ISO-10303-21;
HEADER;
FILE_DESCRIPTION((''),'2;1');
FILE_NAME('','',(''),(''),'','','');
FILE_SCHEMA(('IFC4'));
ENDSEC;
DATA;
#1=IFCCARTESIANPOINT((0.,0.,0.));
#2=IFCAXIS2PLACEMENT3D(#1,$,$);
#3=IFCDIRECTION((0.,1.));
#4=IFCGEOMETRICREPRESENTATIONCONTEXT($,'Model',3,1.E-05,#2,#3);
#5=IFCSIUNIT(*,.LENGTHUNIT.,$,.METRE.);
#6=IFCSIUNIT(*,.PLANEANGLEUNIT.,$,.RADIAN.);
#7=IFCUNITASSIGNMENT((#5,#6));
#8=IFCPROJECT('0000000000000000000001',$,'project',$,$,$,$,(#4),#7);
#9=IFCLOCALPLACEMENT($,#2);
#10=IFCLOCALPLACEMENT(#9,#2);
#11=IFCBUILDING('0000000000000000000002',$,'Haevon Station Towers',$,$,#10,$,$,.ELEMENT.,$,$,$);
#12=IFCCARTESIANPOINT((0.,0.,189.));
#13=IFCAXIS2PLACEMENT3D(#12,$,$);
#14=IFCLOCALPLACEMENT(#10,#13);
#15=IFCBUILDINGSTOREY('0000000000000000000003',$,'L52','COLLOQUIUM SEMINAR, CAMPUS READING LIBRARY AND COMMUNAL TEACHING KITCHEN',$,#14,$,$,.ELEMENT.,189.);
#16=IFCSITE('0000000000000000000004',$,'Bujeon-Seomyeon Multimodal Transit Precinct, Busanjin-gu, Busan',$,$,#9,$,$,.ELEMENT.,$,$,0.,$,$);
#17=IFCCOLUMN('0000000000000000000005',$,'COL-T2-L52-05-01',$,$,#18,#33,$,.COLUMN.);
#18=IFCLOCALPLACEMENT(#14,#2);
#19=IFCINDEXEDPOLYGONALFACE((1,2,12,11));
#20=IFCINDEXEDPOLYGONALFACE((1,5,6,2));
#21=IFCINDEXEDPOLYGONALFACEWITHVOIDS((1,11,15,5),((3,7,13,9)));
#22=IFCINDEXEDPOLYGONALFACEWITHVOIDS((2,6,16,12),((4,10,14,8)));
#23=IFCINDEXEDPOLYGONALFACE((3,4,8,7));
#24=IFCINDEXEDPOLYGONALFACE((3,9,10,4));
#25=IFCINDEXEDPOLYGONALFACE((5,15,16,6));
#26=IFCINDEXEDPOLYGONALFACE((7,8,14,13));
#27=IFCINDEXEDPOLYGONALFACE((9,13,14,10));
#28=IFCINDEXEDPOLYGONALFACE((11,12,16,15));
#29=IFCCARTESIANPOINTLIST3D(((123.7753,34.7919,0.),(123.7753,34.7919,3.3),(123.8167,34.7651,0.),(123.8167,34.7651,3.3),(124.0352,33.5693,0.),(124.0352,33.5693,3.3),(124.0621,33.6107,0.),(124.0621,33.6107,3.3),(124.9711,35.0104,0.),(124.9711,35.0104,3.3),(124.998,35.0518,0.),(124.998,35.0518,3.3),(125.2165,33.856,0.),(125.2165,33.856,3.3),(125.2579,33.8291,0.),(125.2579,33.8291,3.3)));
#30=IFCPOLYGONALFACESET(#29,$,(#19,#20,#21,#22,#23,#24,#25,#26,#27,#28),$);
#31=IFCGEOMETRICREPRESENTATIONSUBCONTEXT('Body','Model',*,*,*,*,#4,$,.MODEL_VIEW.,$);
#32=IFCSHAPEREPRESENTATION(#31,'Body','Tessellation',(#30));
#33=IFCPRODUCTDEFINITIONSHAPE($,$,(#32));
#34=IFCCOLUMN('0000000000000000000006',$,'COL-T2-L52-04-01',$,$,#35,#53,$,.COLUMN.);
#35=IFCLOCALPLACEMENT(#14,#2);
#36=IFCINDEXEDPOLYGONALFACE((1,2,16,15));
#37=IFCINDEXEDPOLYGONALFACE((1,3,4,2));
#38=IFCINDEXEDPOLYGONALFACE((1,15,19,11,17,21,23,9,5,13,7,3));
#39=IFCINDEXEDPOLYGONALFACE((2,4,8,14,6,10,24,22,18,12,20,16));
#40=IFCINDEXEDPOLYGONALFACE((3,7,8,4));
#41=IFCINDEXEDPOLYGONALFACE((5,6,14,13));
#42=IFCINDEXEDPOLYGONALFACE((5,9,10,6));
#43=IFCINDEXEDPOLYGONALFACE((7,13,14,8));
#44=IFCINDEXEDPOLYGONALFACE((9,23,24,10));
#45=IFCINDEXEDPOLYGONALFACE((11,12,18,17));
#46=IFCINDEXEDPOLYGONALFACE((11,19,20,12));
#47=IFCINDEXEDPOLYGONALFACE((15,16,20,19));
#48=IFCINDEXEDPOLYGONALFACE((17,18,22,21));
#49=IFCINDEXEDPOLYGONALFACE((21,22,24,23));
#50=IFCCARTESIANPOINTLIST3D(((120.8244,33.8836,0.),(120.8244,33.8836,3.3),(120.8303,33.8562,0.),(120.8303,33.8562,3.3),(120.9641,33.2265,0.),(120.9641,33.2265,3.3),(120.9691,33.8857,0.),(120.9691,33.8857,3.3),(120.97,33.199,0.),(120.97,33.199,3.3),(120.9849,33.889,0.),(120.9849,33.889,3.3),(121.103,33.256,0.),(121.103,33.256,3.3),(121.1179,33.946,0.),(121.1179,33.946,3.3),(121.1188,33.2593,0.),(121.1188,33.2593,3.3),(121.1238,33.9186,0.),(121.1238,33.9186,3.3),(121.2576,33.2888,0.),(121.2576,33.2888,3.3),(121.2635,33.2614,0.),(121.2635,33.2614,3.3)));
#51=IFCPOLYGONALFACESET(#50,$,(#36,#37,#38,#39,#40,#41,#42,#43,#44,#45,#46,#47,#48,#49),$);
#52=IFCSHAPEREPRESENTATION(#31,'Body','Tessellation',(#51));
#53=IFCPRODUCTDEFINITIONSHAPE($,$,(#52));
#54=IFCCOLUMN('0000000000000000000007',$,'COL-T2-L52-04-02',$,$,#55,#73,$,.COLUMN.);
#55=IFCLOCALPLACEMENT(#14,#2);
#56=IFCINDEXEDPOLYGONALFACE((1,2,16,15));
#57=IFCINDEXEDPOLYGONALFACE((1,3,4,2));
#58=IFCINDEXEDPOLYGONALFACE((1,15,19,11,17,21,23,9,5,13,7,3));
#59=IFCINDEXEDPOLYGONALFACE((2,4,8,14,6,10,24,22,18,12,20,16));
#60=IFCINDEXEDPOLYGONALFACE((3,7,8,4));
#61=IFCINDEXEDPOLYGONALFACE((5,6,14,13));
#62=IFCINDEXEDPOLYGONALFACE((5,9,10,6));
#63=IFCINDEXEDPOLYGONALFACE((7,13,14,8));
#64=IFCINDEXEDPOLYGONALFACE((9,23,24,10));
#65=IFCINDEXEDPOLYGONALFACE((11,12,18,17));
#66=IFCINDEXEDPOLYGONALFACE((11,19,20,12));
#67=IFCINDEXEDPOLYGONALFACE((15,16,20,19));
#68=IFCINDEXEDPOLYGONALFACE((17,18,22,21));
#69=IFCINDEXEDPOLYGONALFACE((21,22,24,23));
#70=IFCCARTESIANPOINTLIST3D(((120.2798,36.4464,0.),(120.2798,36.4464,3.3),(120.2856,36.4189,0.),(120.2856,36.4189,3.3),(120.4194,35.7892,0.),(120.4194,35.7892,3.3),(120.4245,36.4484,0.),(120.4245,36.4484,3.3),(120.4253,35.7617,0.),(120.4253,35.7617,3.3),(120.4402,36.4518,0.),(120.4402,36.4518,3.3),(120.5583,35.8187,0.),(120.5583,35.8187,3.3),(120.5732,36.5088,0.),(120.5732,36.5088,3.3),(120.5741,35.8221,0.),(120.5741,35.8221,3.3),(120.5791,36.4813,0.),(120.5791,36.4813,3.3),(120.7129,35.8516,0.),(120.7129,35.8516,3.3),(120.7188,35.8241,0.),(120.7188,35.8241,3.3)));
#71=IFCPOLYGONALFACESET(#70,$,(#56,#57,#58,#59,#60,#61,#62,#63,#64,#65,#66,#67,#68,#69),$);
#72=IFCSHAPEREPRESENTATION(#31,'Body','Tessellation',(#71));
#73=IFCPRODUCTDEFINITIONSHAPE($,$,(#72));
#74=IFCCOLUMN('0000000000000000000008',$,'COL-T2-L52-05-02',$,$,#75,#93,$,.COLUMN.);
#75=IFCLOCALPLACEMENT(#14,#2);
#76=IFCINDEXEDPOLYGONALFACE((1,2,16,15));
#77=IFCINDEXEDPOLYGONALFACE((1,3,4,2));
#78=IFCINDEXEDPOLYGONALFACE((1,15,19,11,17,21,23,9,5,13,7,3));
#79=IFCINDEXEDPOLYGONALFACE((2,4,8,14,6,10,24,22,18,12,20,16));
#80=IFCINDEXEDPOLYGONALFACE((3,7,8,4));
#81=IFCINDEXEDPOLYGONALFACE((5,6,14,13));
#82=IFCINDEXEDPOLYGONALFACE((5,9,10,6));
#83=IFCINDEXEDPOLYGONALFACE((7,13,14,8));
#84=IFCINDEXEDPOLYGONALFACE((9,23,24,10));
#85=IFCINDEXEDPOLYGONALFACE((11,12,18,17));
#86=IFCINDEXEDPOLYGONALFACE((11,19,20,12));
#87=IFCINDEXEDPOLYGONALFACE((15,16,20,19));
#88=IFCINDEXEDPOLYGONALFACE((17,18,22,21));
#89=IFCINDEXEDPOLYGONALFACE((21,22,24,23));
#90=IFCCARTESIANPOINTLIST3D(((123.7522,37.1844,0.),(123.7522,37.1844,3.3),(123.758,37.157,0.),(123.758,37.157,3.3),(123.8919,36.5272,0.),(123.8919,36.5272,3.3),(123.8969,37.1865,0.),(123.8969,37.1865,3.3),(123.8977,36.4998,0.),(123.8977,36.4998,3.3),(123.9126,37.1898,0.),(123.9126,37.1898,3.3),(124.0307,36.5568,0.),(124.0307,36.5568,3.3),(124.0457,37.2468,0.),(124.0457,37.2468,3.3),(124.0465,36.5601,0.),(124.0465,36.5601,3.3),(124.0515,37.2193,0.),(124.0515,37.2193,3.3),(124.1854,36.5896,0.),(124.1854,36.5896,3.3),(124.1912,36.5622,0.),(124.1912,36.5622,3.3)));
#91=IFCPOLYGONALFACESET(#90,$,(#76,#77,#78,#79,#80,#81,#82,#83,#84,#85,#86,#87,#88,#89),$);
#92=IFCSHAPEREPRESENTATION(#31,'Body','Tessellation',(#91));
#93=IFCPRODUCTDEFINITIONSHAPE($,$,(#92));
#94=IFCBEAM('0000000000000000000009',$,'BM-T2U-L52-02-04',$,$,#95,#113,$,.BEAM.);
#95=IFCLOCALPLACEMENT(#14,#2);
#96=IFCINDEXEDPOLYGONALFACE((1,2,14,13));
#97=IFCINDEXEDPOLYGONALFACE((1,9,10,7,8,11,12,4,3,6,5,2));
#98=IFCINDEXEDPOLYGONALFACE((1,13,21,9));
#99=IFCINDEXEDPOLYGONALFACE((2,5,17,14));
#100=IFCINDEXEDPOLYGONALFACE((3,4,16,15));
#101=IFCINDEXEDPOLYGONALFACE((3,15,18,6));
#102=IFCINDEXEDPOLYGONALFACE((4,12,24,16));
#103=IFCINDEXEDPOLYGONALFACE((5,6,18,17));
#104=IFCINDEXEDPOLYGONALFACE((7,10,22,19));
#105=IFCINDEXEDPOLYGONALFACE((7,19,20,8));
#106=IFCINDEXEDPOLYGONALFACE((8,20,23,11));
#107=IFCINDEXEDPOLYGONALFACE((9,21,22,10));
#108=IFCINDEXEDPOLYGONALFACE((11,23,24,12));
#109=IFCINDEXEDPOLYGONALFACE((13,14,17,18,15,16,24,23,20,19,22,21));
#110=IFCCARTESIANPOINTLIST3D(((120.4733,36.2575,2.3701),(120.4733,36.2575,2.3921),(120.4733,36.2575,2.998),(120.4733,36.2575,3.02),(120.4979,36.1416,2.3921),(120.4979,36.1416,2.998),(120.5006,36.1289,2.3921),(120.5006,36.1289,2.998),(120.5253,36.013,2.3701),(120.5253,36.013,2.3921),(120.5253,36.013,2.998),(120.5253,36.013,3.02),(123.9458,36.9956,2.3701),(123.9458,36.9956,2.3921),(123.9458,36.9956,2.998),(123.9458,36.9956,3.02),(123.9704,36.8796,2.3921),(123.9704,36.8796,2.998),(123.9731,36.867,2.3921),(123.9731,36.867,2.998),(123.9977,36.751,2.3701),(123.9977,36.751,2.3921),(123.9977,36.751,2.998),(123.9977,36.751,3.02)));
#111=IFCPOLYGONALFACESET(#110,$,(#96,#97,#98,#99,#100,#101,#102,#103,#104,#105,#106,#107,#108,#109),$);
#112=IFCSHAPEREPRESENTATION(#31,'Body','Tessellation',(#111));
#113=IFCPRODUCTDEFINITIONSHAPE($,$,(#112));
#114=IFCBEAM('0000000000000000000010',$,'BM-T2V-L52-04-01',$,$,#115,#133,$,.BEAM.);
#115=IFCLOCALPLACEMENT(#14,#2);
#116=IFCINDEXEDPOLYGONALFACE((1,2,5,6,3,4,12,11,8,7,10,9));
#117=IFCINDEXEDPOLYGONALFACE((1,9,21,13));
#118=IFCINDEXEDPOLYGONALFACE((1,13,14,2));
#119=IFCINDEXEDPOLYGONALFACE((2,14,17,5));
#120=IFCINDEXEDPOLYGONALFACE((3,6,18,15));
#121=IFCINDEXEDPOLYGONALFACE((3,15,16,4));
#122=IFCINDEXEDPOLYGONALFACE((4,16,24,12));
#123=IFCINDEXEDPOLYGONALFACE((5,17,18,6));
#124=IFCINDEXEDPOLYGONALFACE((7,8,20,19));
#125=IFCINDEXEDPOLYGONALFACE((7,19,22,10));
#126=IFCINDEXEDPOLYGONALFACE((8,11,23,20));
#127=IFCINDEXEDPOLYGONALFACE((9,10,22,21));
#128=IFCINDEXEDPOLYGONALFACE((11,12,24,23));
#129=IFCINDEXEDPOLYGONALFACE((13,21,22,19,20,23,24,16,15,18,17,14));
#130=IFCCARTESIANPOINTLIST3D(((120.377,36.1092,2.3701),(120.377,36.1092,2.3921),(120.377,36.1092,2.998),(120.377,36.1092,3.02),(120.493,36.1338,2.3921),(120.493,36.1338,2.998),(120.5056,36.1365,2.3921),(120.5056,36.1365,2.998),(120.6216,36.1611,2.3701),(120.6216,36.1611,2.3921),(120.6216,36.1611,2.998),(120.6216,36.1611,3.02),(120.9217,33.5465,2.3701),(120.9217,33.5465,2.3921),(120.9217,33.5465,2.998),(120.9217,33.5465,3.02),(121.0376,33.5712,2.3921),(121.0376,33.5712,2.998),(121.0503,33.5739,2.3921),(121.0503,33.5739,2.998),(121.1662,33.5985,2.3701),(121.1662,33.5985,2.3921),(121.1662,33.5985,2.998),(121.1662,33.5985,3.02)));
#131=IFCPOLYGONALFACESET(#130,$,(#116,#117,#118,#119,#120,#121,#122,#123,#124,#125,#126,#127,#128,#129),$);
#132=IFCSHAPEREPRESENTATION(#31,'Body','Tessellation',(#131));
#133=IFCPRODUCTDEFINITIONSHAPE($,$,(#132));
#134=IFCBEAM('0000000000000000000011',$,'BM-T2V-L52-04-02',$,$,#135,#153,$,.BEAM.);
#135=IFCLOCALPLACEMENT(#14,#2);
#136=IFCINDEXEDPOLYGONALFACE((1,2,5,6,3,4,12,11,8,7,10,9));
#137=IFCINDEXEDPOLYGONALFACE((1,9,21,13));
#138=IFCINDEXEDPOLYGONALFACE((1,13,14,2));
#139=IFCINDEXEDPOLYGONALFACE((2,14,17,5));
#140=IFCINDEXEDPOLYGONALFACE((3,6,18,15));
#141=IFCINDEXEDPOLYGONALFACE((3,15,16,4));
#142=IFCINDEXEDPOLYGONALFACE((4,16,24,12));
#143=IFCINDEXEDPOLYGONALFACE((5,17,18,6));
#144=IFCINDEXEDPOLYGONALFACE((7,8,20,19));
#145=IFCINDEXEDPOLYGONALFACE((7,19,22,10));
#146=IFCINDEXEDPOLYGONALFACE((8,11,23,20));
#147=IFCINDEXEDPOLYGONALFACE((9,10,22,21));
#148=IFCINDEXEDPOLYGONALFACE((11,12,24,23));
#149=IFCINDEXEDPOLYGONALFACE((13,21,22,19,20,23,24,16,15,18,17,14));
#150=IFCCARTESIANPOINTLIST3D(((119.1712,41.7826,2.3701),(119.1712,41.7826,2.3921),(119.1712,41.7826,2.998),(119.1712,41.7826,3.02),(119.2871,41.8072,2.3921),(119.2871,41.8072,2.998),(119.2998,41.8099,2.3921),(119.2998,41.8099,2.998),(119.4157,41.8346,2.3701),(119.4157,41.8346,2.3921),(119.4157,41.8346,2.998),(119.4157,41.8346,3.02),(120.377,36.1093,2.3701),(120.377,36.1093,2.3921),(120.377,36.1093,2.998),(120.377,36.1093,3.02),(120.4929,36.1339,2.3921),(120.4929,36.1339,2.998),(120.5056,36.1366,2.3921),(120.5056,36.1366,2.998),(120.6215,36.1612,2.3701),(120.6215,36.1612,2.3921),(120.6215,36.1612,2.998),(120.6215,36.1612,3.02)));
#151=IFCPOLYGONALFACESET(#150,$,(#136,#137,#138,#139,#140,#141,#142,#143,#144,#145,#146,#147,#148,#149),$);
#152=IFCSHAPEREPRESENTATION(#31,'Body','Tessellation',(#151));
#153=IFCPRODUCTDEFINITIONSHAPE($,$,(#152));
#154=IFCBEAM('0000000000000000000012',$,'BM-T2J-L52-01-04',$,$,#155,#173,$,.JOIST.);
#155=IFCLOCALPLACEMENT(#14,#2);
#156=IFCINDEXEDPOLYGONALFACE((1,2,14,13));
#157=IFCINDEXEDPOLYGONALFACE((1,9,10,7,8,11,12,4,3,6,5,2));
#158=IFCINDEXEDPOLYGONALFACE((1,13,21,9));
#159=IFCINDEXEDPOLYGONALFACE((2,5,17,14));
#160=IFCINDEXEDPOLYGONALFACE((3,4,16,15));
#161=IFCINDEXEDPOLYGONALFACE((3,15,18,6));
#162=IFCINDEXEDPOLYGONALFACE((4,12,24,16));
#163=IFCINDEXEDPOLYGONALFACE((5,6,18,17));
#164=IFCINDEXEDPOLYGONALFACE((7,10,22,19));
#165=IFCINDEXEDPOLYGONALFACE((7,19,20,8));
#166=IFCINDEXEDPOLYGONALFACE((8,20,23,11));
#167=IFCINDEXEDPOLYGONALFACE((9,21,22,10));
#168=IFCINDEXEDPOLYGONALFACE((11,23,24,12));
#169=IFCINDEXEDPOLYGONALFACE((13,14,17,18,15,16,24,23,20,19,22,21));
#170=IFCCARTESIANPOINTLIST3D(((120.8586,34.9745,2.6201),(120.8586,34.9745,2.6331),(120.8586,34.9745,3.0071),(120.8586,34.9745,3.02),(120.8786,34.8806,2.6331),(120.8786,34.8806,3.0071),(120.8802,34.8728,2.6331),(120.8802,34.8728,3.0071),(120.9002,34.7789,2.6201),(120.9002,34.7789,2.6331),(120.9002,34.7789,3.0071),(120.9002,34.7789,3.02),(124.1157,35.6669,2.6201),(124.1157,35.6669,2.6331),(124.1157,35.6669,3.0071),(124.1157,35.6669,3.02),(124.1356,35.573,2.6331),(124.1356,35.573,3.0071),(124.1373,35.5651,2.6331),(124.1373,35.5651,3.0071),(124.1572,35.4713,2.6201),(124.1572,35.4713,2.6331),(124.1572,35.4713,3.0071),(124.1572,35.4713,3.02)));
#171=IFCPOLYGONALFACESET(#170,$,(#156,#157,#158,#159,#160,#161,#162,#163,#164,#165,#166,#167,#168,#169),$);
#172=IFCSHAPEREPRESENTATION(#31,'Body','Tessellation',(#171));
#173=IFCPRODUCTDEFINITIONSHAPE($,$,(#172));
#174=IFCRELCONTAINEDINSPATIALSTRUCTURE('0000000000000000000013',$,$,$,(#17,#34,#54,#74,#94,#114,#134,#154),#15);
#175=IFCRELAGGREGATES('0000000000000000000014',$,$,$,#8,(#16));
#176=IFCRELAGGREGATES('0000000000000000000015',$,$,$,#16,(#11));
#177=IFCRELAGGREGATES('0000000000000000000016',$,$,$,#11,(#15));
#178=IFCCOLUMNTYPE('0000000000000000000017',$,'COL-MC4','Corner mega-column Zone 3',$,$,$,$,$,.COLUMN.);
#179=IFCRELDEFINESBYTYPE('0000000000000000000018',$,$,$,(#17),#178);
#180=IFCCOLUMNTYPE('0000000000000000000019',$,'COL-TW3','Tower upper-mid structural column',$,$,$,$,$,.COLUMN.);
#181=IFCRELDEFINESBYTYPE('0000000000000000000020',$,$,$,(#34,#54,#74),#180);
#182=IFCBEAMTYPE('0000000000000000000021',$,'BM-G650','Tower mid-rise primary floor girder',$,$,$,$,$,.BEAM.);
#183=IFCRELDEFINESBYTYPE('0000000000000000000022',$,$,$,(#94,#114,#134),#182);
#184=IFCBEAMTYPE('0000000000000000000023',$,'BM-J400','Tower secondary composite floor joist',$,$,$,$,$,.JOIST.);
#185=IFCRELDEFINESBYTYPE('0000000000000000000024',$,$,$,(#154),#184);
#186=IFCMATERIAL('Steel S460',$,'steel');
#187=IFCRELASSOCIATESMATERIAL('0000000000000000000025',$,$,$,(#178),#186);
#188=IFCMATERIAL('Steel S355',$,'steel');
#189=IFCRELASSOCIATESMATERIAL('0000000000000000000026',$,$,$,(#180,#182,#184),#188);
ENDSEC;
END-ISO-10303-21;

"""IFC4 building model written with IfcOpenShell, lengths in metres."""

from ifc_helpers import new_model, si_unit, direction, frame, origin, origin_2d, place, context, subcontext, project, spatial, hollow_rectangle, i_section, extrude, material, material_profile, profile_set, type_object, element, save


model = new_model("IFC4")

# Units and contexts
model_context = context("Model", 3, precision=1e-05, world=origin(), true_north=direction((0.0, 1.0)))
body_context = subcontext(model_context, "Body", "Model", "MODEL_VIEW")
ifc_project = project(units=[si_unit("LENGTHUNIT", "METRE"), si_unit("PLANEANGLEUNIT", "RADIAN")], contexts=[model_context])

# Site, building, storey
site_placement = place(None, origin())
site = spatial("IfcSite", under=ifc_project, at=site_placement, Name="Bujeon-Seomyeon Multimodal Transit Precinct, Busanjin-gu, Busan", CompositionType="ELEMENT", RefElevation=0.0)
building_placement = place(site_placement, origin())
building = spatial("IfcBuilding", under=site, at=building_placement, Name="Haevon Station Towers", CompositionType="ELEMENT")
storey_placement = place(building_placement, frame((0.0, 0.0, 189.0)))
storey = spatial("IfcBuildingStorey", under=building, at=storey_placement, Name="L52", Description="COLLOQUIUM SEMINAR, CAMPUS READING LIBRARY AND COMMUNAL TEACHING KITCHEN", CompositionType="ELEMENT", Elevation=189.0)

# Columns
ifc_material_1 = material(Name="Steel S460", Category="steel")
ifc_material_profile_1 = material_profile(ifc_material_1, hollow_rectangle(XDim=1.25, YDim=1.25, WallThickness=0.0349, at=origin_2d()), Name="BOX-1250x1250x35")
ifc_profile_set_1 = profile_set([ifc_material_profile_1], Name="Steel S460")
column_type_1 = type_object("IfcColumnType", Name="COL-MC4", Description="Corner mega-column Zone 3", PredefinedType="COLUMN", material=ifc_profile_set_1)
column_placement = place(storey_placement, frame((124.5166, 34.3105, 0.0), z_axis=(0.0, 0.0, 1.0), x_axis=(0.978148, 0.207912, 0.0)))
element("IfcColumn", 1, at=column_placement, inside=storey, type_object=column_type_1, Name="COL-T2-L52-05-01", PredefinedType="COLUMN", context=body_context, shape_type="SweptSolid", body=[
    extrude(hollow_rectangle(XDim=1.25, YDim=1.25, WallThickness=0.0349, at=origin_2d()), origin(), (0.0, 0.0, 1.0), 3.3),
])
ifc_material_2 = material(Name="Steel S355", Category="steel")
ifc_material_profile_2 = material_profile(ifc_material_2, i_section(OverallWidth=0.3, OverallDepth=0.7, WebThickness=0.0161, FlangeThickness=0.0281, at=origin_2d()), Name="H-700x300x16x28")
ifc_profile_set_2 = profile_set([ifc_material_profile_2], Name="Steel S355")
column_type_2 = type_object("IfcColumnType", Name="COL-TW3", Description="Tower upper-mid structural column", PredefinedType="COLUMN", material=ifc_profile_set_2)
for number, where, z_axis, x_axis, name in (
    (2, (121.0439, 33.5725, 0.0), (0.0, 0.0, 1.0), (0.978148, 0.207912, 0.0), "COL-T2-L52-04-01"),
    (3, (120.4993, 36.1353, 0.0), (0.0, 0.0, 1.0), (0.978148, 0.207912, 0.0), "COL-T2-L52-04-02"),
    (4, (123.9717, 36.8733, 0.0), (0.0, 0.0, 1.0), (0.978148, 0.207912, 0.0), "COL-T2-L52-05-02"),
):
    element("IfcColumn", number, at=place(storey_placement, frame(where, z_axis=z_axis, x_axis=x_axis)), inside=storey, type_object=column_type_2, Name=name, PredefinedType="COLUMN", context=body_context, shape_type="SweptSolid", body=[
        extrude(i_section(OverallWidth=0.3, OverallDepth=0.7, WebThickness=0.0161, FlangeThickness=0.0281, at=origin_2d()), origin(), (0.0, 0.0, 1.0), 3.3),
    ])

# Beams
ifc_material_profile_3 = material_profile(ifc_material_2, i_section(OverallWidth=0.25, OverallDepth=0.6499, WebThickness=0.0129, FlangeThickness=0.022, at=origin_2d()), Name="H-650x250x13x22")
ifc_profile_set_3 = profile_set([ifc_material_profile_3], Name="Steel S355")
beam_type_1 = type_object("IfcBeamType", Name="BM-G650", Description="Tower mid-rise primary floor girder", PredefinedType="BEAM", material=ifc_profile_set_3)
beam_1_placement = place(storey_placement, frame((120.4993, 36.1353, 2.6951), z_axis=(0.97815, 0.207899, 0.0), x_axis=(-0.207899, 0.97815, 0.0)))
element("IfcBeam", 5, at=beam_1_placement, inside=storey, type_object=beam_type_1, Name="BM-T2U-L52-02-04", PredefinedType="BEAM", context=body_context, shape_type="SweptSolid", body=[
    extrude(i_section(OverallWidth=0.25, OverallDepth=0.6499, WebThickness=0.0129, FlangeThickness=0.022, at=origin_2d()), origin(), (0.0, 0.0, 1.0), 3.55),
])
beam_2_placement = place(storey_placement, frame((121.0439, 33.5725, 2.6951), z_axis=(-0.207893, 0.978152, 0.0), x_axis=(-0.978152, -0.207893, 0.0)))
element("IfcBeam", 6, at=beam_2_placement, inside=storey, type_object=beam_type_1, Name="BM-T2V-L52-04-01", PredefinedType="BEAM", context=body_context, shape_type="SweptSolid", body=[
    extrude(i_section(OverallWidth=0.25, OverallDepth=0.6499, WebThickness=0.0129, FlangeThickness=0.022, at=origin_2d()), origin(), (0.0, 0.0, 1.0), 2.6199),
])
beam_3_placement = place(storey_placement, frame((120.4993, 36.1353, 2.6951), z_axis=(-0.207896, 0.978151, 0.0), x_axis=(-0.978151, -0.207896, 0.0)))
element("IfcBeam", 7, at=beam_3_placement, inside=storey, type_object=beam_type_1, Name="BM-T2V-L52-04-02", PredefinedType="BEAM", context=body_context, shape_type="SweptSolid", body=[
    extrude(i_section(OverallWidth=0.25, OverallDepth=0.6499, WebThickness=0.0129, FlangeThickness=0.022, at=origin_2d()), origin(), (0.0, 0.0, 1.0), 5.8),
])
ifc_material_profile_4 = material_profile(ifc_material_2, i_section(OverallWidth=0.2, OverallDepth=0.3999, WebThickness=0.0081, FlangeThickness=0.0129, at=origin_2d()), Name="H-400x200x8x13")
ifc_profile_set_4 = profile_set([ifc_material_profile_4], Name="Steel S355")
beam_type_2 = type_object("IfcBeamType", Name="BM-J400", Description="Tower secondary composite floor joist", PredefinedType="JOIST", material=ifc_profile_set_4)
beam_4_placement = place(storey_placement, frame((120.8794, 34.8767, 2.8201), z_axis=(0.978143, 0.207932, 0.0), x_axis=(-0.207932, 0.978143, 0.0)))
element("IfcBeam", 8, at=beam_4_placement, inside=storey, type_object=beam_type_2, Name="BM-T2J-L52-01-04", PredefinedType="JOIST", context=body_context, shape_type="SweptSolid", body=[
    extrude(i_section(OverallWidth=0.2, OverallDepth=0.3999, WebThickness=0.0081, FlangeThickness=0.0129, at=origin_2d()), origin(), (0.0, 0.0, 1.0), 3.3298),
])

save(model, "model.ifc")
